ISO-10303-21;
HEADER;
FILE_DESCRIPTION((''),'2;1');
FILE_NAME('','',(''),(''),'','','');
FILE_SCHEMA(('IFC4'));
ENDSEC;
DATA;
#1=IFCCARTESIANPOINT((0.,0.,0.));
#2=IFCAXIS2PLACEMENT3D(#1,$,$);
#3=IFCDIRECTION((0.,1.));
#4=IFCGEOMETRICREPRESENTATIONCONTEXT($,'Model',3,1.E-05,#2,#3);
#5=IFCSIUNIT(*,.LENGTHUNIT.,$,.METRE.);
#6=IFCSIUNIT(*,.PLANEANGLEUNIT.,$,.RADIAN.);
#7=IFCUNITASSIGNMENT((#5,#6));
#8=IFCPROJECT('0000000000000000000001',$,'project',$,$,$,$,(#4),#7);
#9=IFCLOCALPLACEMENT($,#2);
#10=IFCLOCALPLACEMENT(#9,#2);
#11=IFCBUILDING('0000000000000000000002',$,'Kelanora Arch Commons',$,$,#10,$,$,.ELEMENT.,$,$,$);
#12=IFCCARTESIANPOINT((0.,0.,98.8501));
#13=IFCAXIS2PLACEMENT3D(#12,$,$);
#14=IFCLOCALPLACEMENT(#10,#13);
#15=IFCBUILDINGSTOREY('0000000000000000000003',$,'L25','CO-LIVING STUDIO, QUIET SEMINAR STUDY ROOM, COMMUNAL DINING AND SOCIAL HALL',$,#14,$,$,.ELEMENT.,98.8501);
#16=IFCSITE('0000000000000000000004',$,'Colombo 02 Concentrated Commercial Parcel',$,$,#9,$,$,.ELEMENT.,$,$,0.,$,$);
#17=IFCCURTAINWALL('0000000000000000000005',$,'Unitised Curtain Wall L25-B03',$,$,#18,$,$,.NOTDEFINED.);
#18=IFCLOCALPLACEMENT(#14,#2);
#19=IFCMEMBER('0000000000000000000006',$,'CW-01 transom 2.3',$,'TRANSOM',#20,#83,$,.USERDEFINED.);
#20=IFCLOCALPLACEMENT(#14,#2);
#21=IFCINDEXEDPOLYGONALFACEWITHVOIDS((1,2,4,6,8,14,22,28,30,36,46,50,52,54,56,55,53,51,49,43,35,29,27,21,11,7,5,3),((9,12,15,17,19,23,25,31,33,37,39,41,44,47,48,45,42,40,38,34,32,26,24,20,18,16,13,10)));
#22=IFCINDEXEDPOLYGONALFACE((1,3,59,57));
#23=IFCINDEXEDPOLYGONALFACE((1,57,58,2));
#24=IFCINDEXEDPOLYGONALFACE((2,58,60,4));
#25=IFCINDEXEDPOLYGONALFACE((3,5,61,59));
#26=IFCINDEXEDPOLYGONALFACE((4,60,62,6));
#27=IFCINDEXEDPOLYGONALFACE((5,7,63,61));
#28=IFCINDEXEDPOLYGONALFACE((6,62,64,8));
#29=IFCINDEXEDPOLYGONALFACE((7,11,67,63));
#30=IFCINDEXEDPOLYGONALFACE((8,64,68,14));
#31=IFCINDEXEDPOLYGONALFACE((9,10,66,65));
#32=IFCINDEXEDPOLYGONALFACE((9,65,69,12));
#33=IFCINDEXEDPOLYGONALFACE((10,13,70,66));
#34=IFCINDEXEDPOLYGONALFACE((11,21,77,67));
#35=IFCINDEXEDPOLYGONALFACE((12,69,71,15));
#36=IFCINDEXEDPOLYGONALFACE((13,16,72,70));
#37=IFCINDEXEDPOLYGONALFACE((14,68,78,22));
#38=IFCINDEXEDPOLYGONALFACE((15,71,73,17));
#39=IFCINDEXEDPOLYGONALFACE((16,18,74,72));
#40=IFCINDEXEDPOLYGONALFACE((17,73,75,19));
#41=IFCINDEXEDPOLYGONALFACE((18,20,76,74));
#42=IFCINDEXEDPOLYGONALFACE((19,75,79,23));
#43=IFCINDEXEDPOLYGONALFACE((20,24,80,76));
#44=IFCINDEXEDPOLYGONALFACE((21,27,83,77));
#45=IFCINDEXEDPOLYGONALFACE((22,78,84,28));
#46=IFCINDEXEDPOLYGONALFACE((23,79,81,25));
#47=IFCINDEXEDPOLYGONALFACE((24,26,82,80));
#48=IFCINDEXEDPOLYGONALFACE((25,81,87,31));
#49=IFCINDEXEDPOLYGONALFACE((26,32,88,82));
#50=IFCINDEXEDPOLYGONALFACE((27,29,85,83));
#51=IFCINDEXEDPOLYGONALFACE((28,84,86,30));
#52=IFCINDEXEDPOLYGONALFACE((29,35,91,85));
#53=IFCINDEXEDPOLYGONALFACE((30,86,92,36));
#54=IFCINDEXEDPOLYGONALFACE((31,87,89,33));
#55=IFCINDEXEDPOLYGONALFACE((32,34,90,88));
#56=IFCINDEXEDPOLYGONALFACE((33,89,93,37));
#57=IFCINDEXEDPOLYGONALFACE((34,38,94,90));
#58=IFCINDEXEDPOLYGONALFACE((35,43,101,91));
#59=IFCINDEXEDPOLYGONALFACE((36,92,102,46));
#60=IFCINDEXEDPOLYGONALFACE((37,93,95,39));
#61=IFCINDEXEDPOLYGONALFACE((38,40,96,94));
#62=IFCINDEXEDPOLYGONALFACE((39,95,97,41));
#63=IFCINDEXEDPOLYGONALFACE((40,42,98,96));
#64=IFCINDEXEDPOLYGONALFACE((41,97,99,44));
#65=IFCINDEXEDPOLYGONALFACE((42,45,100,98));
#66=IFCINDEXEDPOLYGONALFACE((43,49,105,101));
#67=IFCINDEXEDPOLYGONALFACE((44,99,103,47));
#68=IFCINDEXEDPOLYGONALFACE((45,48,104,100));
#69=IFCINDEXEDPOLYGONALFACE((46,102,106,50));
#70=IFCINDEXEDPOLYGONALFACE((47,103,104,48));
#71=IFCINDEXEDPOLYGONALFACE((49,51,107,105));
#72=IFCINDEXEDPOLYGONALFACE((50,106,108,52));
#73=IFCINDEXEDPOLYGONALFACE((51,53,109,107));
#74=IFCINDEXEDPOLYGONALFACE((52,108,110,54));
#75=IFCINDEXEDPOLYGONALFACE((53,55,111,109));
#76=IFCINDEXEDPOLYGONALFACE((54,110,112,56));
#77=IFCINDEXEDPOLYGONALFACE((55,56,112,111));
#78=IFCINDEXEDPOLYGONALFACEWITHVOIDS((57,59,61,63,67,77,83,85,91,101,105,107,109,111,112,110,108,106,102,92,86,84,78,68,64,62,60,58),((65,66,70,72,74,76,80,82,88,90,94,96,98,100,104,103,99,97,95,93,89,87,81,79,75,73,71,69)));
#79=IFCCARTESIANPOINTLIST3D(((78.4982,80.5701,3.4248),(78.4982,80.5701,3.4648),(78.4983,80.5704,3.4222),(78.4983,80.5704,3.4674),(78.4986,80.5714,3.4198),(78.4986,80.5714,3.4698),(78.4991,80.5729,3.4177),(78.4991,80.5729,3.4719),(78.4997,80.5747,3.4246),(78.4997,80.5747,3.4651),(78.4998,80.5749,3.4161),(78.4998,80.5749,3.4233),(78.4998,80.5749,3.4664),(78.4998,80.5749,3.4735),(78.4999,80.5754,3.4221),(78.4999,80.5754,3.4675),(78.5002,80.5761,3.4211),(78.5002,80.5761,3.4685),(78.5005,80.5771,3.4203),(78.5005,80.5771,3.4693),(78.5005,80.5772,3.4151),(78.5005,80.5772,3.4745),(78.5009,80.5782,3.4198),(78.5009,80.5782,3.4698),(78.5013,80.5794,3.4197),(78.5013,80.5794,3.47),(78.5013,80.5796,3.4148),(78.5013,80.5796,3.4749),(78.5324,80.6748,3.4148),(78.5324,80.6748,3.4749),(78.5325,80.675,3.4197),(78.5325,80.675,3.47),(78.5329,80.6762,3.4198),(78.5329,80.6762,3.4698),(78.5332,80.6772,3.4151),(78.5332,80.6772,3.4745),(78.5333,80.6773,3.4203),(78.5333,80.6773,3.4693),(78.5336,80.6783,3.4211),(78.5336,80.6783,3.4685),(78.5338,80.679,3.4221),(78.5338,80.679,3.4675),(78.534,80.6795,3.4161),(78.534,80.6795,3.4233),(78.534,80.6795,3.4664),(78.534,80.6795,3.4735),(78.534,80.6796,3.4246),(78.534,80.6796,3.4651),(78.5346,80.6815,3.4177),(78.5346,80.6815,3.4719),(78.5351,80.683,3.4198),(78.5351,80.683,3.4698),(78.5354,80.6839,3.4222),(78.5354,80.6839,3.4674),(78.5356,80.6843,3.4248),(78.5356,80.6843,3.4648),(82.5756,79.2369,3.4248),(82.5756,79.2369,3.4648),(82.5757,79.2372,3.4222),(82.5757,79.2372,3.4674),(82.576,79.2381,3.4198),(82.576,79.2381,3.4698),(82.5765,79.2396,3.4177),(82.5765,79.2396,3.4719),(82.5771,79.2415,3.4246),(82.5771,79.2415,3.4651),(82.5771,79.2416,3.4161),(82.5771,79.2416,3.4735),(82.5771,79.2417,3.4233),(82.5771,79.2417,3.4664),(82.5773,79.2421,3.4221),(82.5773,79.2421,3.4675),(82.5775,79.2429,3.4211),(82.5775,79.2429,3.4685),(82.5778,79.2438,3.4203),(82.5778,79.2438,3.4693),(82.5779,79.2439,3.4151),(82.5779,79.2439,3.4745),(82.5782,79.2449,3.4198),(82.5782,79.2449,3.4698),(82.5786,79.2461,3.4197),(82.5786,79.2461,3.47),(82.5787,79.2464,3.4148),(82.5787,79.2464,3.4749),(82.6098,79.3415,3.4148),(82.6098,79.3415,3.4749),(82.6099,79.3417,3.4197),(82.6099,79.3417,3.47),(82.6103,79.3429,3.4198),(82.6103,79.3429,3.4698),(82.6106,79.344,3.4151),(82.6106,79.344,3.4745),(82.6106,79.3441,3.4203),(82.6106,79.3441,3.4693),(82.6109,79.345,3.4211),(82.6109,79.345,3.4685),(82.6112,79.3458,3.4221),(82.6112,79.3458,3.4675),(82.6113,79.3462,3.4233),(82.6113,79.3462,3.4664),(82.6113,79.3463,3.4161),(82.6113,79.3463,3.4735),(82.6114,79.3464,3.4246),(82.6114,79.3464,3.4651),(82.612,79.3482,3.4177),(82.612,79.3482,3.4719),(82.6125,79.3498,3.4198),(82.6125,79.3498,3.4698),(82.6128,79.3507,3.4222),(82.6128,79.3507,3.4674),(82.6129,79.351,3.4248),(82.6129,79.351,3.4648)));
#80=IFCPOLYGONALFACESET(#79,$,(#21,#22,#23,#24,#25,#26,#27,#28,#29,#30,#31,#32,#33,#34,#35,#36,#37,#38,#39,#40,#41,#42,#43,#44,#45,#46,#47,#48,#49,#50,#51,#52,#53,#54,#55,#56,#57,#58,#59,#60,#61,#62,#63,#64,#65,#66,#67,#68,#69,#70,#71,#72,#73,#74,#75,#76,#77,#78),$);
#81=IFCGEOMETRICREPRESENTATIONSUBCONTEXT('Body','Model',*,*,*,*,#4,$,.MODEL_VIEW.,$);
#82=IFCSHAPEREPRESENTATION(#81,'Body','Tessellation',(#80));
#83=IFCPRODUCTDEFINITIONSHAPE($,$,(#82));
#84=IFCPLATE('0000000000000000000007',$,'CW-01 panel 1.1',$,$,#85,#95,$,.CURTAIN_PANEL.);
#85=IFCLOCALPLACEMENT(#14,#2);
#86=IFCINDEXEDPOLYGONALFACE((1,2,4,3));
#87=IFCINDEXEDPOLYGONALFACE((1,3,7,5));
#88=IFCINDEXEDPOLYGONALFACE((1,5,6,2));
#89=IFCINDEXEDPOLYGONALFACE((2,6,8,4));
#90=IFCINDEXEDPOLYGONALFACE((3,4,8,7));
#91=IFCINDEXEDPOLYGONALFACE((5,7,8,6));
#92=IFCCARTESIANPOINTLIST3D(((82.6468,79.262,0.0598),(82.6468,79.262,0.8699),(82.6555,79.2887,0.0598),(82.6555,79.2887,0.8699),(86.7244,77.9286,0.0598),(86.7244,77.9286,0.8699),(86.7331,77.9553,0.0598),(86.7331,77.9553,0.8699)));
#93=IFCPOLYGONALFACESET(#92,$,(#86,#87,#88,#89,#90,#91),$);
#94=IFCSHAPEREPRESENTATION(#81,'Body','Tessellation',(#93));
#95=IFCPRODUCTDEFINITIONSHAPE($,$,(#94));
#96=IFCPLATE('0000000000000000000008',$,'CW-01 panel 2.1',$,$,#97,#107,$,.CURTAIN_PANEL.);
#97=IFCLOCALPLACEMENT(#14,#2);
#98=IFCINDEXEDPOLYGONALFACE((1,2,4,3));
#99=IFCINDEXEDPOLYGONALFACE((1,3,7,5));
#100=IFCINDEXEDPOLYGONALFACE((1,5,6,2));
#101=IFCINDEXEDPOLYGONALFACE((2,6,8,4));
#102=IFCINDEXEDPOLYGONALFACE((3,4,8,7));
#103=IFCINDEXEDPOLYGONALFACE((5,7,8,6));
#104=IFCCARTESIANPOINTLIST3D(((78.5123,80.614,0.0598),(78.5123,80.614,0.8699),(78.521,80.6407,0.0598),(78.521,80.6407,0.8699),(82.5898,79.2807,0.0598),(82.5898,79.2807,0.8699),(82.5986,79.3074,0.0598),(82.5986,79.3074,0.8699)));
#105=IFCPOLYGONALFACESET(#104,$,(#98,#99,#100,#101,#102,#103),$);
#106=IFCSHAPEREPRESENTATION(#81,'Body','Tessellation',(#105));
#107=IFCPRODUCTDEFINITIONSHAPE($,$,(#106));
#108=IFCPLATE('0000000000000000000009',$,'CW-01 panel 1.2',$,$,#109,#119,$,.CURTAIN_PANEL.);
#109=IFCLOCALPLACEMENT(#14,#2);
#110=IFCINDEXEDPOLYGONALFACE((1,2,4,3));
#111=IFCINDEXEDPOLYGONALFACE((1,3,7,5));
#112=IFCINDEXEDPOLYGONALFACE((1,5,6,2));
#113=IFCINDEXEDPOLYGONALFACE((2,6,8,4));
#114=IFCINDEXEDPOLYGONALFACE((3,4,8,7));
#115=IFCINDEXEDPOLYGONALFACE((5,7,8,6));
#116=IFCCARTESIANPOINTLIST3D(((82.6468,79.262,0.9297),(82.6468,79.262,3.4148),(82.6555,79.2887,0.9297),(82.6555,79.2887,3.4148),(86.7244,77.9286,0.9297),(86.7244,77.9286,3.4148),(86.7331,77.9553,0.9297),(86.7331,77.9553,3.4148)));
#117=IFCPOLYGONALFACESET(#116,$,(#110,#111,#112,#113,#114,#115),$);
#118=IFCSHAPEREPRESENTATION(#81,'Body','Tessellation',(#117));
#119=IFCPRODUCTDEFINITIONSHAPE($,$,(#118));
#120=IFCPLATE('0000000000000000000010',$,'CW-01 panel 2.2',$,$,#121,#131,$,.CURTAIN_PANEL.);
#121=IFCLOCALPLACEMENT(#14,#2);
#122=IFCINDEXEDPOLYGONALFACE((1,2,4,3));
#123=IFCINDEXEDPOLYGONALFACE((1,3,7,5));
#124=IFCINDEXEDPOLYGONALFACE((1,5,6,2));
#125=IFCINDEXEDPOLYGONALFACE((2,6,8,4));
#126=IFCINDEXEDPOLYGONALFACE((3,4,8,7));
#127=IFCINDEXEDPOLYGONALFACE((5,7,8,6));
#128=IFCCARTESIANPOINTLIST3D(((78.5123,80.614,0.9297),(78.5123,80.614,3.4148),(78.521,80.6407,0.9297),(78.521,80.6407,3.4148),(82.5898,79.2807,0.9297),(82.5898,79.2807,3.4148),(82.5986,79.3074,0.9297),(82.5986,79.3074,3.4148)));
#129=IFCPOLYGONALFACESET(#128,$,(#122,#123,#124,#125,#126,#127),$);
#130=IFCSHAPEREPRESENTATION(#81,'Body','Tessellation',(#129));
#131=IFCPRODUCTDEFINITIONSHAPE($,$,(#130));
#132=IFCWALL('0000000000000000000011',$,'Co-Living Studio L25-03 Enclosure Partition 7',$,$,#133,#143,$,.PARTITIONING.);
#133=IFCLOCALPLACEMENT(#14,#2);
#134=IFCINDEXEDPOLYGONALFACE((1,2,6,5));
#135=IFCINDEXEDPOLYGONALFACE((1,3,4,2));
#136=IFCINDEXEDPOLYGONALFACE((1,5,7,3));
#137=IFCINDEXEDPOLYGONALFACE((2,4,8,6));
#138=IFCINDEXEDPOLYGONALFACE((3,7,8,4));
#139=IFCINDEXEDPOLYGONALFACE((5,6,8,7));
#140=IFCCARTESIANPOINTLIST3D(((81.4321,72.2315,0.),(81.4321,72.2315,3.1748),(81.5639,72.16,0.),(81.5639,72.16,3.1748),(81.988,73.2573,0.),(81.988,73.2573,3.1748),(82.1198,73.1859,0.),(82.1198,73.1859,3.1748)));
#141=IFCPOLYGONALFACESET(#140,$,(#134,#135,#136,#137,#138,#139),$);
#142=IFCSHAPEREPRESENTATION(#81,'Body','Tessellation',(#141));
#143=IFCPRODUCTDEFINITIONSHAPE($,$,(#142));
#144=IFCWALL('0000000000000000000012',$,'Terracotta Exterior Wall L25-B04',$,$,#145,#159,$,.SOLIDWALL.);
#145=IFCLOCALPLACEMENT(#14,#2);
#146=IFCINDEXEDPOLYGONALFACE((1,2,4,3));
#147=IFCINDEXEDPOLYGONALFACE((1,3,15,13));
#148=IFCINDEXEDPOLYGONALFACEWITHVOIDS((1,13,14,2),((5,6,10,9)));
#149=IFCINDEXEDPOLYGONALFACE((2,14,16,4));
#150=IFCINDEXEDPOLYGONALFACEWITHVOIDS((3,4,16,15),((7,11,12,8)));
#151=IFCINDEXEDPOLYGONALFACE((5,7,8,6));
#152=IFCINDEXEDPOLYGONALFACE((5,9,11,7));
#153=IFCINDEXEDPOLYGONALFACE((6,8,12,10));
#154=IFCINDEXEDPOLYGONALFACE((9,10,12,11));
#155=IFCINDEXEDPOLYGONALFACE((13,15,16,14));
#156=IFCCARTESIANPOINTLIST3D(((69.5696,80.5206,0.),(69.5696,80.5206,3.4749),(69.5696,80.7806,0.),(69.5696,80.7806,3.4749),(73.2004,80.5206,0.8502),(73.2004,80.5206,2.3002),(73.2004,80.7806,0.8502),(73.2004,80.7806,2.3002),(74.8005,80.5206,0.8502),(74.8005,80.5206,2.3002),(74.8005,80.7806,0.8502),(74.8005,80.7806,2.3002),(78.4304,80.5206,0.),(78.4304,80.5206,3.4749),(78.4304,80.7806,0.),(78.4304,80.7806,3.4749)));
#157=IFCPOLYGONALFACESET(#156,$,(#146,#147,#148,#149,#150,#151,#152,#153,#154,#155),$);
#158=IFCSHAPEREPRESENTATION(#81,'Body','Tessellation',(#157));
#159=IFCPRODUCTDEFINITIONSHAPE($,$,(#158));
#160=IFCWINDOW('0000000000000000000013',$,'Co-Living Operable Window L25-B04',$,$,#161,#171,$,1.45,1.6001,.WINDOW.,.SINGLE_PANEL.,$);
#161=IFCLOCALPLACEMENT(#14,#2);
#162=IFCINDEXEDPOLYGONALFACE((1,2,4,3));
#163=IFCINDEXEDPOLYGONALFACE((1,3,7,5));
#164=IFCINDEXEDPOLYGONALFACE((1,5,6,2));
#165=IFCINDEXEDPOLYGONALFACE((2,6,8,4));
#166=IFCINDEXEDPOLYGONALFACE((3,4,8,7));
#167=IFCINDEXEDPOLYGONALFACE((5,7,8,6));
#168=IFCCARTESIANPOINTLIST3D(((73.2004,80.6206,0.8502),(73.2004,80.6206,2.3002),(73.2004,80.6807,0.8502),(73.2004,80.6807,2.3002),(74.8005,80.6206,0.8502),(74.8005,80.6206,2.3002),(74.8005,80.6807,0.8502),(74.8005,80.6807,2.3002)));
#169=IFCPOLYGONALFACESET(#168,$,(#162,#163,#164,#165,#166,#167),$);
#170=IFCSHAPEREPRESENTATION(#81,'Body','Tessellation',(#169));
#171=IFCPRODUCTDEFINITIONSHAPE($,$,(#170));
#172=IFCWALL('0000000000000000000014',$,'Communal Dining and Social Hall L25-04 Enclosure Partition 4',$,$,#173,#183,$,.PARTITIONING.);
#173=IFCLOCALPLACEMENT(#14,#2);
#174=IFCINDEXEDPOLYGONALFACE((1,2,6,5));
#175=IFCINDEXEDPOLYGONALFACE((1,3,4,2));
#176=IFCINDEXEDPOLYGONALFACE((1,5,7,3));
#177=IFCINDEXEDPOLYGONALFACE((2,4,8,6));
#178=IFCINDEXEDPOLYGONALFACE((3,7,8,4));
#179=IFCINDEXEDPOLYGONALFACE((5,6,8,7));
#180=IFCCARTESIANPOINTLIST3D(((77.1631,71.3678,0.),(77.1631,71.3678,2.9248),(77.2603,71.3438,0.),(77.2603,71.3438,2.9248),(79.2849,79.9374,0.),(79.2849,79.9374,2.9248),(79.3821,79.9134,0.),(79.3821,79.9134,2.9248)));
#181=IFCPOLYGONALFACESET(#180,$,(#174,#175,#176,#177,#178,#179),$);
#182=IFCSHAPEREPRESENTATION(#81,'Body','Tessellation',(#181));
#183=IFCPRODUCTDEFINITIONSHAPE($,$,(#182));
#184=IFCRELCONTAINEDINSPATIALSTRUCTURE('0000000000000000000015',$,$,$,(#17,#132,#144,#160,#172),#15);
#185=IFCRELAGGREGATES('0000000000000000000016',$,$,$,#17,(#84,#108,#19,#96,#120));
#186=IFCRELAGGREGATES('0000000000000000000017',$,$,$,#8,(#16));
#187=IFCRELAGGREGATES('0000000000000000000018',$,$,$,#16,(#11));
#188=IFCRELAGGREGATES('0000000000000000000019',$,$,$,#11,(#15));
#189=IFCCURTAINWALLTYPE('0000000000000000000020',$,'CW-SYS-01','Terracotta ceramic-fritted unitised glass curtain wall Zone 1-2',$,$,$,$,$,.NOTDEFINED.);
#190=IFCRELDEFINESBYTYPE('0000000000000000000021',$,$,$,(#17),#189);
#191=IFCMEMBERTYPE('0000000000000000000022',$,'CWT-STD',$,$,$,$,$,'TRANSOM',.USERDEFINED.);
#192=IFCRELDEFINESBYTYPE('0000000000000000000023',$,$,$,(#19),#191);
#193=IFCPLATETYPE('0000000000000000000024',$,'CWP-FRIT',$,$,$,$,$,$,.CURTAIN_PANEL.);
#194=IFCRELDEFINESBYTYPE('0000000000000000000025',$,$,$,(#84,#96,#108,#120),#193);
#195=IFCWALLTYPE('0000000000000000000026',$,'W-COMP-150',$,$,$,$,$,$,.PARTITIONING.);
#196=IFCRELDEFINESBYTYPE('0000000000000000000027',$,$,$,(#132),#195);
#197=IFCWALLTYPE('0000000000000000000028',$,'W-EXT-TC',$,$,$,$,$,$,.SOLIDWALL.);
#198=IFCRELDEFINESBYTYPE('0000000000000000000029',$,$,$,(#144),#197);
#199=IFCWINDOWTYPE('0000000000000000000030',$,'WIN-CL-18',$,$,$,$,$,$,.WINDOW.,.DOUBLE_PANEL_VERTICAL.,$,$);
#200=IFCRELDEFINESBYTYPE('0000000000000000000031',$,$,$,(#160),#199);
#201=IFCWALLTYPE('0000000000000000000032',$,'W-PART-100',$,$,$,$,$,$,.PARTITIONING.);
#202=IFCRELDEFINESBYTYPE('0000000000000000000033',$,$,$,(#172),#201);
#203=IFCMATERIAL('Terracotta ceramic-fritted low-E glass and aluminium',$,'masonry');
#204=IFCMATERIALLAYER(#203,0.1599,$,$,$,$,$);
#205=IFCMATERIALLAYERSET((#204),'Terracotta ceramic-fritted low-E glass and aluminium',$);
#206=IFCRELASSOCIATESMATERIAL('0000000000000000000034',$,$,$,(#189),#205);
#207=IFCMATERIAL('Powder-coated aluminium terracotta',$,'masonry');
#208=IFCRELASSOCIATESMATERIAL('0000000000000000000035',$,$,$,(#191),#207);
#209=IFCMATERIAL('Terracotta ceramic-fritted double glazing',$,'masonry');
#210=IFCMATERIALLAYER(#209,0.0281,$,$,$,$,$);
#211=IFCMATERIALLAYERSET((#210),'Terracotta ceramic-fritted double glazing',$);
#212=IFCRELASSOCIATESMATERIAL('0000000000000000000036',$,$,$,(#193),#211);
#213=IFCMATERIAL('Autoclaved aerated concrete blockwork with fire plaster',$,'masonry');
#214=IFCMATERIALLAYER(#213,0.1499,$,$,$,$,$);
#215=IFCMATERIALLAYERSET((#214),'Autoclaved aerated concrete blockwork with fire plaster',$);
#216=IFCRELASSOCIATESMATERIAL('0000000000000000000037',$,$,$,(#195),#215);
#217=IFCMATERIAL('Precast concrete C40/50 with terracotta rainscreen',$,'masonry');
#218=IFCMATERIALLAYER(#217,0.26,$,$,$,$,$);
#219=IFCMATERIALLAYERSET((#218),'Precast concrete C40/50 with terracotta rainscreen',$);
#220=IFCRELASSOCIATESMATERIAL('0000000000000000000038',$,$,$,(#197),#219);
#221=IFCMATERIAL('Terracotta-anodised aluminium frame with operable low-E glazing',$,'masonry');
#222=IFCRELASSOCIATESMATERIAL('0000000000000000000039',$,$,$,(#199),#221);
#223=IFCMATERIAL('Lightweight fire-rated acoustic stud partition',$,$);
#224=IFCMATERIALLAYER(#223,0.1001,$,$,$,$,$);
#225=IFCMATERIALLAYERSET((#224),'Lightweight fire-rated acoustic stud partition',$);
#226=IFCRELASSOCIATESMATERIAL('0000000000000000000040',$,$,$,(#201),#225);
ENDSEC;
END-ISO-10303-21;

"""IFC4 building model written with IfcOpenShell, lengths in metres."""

from ifc_helpers import new_model, si_unit, direction, frame, frame_2d, origin, origin_2d, place, context, subcontext, project, spatial, rectangle, hollow_rectangle, extrude, source, transform, mapped, material, layer, layer_set, material_profile, profile_set, type_object, element, fill, aggregate, save


model = new_model("IFC4")

# Units and contexts
model_context = context("Model", 3, precision=1e-05, world=origin(), true_north=direction((0.0, 1.0)))
body_context = subcontext(model_context, "Body", "Model", "MODEL_VIEW")
ifc_project = project(units=[si_unit("LENGTHUNIT", "METRE"), si_unit("PLANEANGLEUNIT", "RADIAN")], contexts=[model_context])

# Site, building, storey
site_placement = place(None, origin())
site = spatial("IfcSite", under=ifc_project, at=site_placement, Name="Colombo 02 Concentrated Commercial Parcel", CompositionType="ELEMENT", RefElevation=0.0)
building_placement = place(site_placement, origin())
building = spatial("IfcBuilding", under=site, at=building_placement, Name="Kelanora Arch Commons", CompositionType="ELEMENT")
storey_placement = place(building_placement, frame((0.0, 0.0, 98.8501)))
storey = spatial("IfcBuildingStorey", under=building, at=storey_placement, Name="L25", Description="CO-LIVING STUDIO, QUIET SEMINAR STUDY ROOM, COMMUNAL DINING AND SOCIAL HALL", CompositionType="ELEMENT", Elevation=98.8501)

# Curtain wall, member, plates
ifc_material_1 = material(Name="Terracotta ceramic-fritted low-E glass and aluminium", Category="masonry")
ifc_layer_1 = layer(ifc_material_1, 0.1599)
ifc_layer_set_1 = layer_set([ifc_layer_1], Name="Terracotta ceramic-fritted low-E glass and aluminium")
curtain_wall_type = type_object("IfcCurtainWallType", Name="CW-SYS-01", Description="Terracotta ceramic-fritted unitised glass curtain wall Zone 1-2", PredefinedType="NOTDEFINED", material=ifc_layer_set_1)
curtain_wall_placement = place(storey_placement, origin())
curtain_wall = element("IfcCurtainWall", 1, at=curtain_wall_placement, inside=storey, type_object=curtain_wall_type, Name="Unitised Curtain Wall L25-B03", PredefinedType="NOTDEFINED")
ifc_material_2 = material(Name="Powder-coated aluminium terracotta", Category="masonry")
ifc_material_profile_1 = material_profile(ifc_material_2, hollow_rectangle(XDim=0.1201, YDim=0.0601, WallThickness=0.0049, InnerFilletRadius=0.0049, OuterFilletRadius=0.01, at=origin_2d()), Name="CWT120x60")
ifc_profile_set_1 = profile_set([ifc_material_profile_1], Name="Powder-coated aluminium terracotta")
member_type_1 = type_object("IfcMemberType", Name="CWT-STD", ElementType="TRANSOM", PredefinedType="USERDEFINED", material=ifc_profile_set_1)
member_1_placement = place(storey_placement, frame((82.5942, 79.2939, 3.4448), z_axis=(-0.950478, 0.310793, 0.0), x_axis=(-0.310793, -0.950478, 0.0)))
member_1 = element("IfcMember", 2, at=member_1_placement, type_object=member_type_1, Name="CW-01 transom 2.3", ObjectType="TRANSOM", PredefinedType="USERDEFINED", context=body_context, shape_type="SweptSolid", body=[
    extrude(hollow_rectangle(XDim=0.1201, YDim=0.0601, WallThickness=0.0049, InnerFilletRadius=0.0049, OuterFilletRadius=0.01, at=origin_2d()), origin(), (0.0, 0.0, 1.0), 4.2898),
])
ifc_material_3 = material(Name="Terracotta ceramic-fritted double glazing", Category="masonry")
ifc_layer_2 = layer(ifc_material_3, 0.0281)
ifc_layer_set_2 = layer_set([ifc_layer_2], Name="Terracotta ceramic-fritted double glazing")
plate_type = type_object("IfcPlateType", Name="CWP-FRIT", PredefinedType="CURTAIN_PANEL", material=ifc_layer_set_2)
shared_shape_1 = source(origin(), body_context, "Body", "SweptSolid", [
    extrude(rectangle(XDim=4.29, YDim=0.0281, at=origin_2d()), origin(), (0.0, 0.0, 1.0), 0.8101),
])
plate_1_placement = place(storey_placement, frame((84.6899, 78.6086, 0.0598), z_axis=(0.0, 0.0, 1.0), x_axis=(-0.950474, 0.310805, 0.0)))
plate_1 = element("IfcPlate", 3, at=plate_1_placement, type_object=plate_type, Name="CW-01 panel 1.1", PredefinedType="CURTAIN_PANEL", context=body_context, shape_type="MappedRepresentation", body=[
    mapped(shared_shape_1, transform((0.0, 0.0, 0.0), scale=1.0)),
])
plate_2_placement = place(storey_placement, frame((80.5554, 79.9607, 0.0598), z_axis=(0.0, 0.0, 1.0), x_axis=(-0.950474, 0.310805, 0.0)))
plate_2 = element("IfcPlate", 4, at=plate_2_placement, type_object=plate_type, Name="CW-01 panel 2.1", PredefinedType="CURTAIN_PANEL", context=body_context, shape_type="MappedRepresentation", body=[
    mapped(shared_shape_1, transform((0.0, 0.0, 0.0), scale=1.0)),
])
shared_shape_2 = source(origin(), body_context, "Body", "SweptSolid", [
    extrude(rectangle(XDim=4.29, YDim=0.0281, at=origin_2d()), origin(), (0.0, 0.0, 1.0), 2.4851),
])
plate_3_placement = place(storey_placement, frame((84.6899, 78.6086, 0.9297), z_axis=(0.0, 0.0, 1.0), x_axis=(-0.950474, 0.310805, 0.0)))
plate_3 = element("IfcPlate", 5, at=plate_3_placement, type_object=plate_type, Name="CW-01 panel 1.2", PredefinedType="CURTAIN_PANEL", context=body_context, shape_type="MappedRepresentation", body=[
    mapped(shared_shape_2, transform((0.0, 0.0, 0.0), scale=1.0)),
])
plate_4_placement = place(storey_placement, frame((80.5554, 79.9607, 0.9297), z_axis=(0.0, 0.0, 1.0), x_axis=(-0.950474, 0.310805, 0.0)))
plate_4 = element("IfcPlate", 6, at=plate_4_placement, type_object=plate_type, Name="CW-01 panel 2.2", PredefinedType="CURTAIN_PANEL", context=body_context, shape_type="MappedRepresentation", body=[
    mapped(shared_shape_2, transform((0.0, 0.0, 0.0), scale=1.0)),
])
aggregate(curtain_wall, [plate_1, plate_3, member_1, plate_2, plate_4])

# Wall
ifc_material_4 = material(Name="Autoclaved aerated concrete blockwork with fire plaster", Category="masonry")
ifc_layer_3 = layer(ifc_material_4, 0.1499)
ifc_layer_set_3 = layer_set([ifc_layer_3], Name="Autoclaved aerated concrete blockwork with fire plaster")
wall_type_1 = type_object("IfcWallType", Name="W-COMP-150", PredefinedType="PARTITIONING", material=ifc_layer_set_3)
wall_1_placement = place(storey_placement, frame((82.054, 73.2217, 0.0), z_axis=(0.0, 0.0, 1.0), x_axis=(-0.476431, -0.879212, 0.0)))
element("IfcWall", 7, at=wall_1_placement, inside=storey, type_object=wall_type_1, Name="Co-Living Studio L25-03 Enclosure Partition 7", PredefinedType="PARTITIONING", context=body_context, shape_type="SweptSolid", body=[
    extrude(rectangle(XDim=1.1667, YDim=0.1499, at=frame_2d((0.5835, 0.0))), origin(), (0.0, 0.0, 1.0), 3.1748),
])

# Wall, opening, window
ifc_material_5 = material(Name="Precast concrete C40/50 with terracotta rainscreen", Category="masonry")
ifc_layer_4 = layer(ifc_material_5, 0.26)
ifc_layer_set_4 = layer_set([ifc_layer_4], Name="Precast concrete C40/50 with terracotta rainscreen")
wall_type_2 = type_object("IfcWallType", Name="W-EXT-TC", PredefinedType="SOLIDWALL", material=ifc_layer_set_4)
wall_2_placement = place(storey_placement, frame((78.4304, 80.6506, 0.0), z_axis=(0.0, 0.0, 1.0), x_axis=(-1.0, 0.0, 0.0)))
wall_2 = element("IfcWall", 8, at=wall_2_placement, inside=storey, type_object=wall_type_2, Name="Terracotta Exterior Wall L25-B04", PredefinedType="SOLIDWALL", context=body_context, shape_type="SweptSolid", body=[
    extrude(rectangle(XDim=8.8608, YDim=0.26, at=frame_2d((4.4304, 0.0))), origin(), (0.0, 0.0, 1.0), 3.4749),
])
opening_placement = place(wall_2_placement, frame((3.6299, 0.0, 0.8501)))
opening = element("IfcOpeningElement", 9, at=opening_placement, cuts=wall_2, PredefinedType="OPENING", context=body_context, shape_type="SweptSolid", body=[
    extrude(rectangle(XDim=1.6001, YDim=1.45, at=frame_2d((0.8, 0.7251))), frame((0.0, 0.1401, 0.0), z_axis=(0.0, -1.0, 0.0), x_axis=(1.0, 0.0, 0.0)), (0.0, 0.0, 1.0), 0.28),
])
ifc_material_6 = material(Name="Terracotta-anodised aluminium frame with operable low-E glazing", Category="masonry")
window_type = type_object("IfcWindowType", Name="WIN-CL-18", PartitioningType="DOUBLE_PANEL_VERTICAL", PredefinedType="WINDOW", material=ifc_material_6)
window_placement = place(opening_placement, origin())
window = element("IfcWindow", 10, at=window_placement, inside=storey, type_object=window_type, Name="Co-Living Operable Window L25-B04", OverallHeight=1.45, OverallWidth=1.6001, PartitioningType="SINGLE_PANEL", PredefinedType="WINDOW", context=body_context, shape_type="SweptSolid", body=[
    extrude(rectangle(XDim=1.6001, YDim=1.45, at=frame_2d((0.8, 0.7251))), frame((0.0, 0.03, 0.0), z_axis=(0.0, -1.0, 0.0), x_axis=(1.0, 0.0, 0.0)), (0.0, 0.0, 1.0), 0.0601),
])
fill(opening, window)

# Wall
ifc_material_7 = material(Name="Lightweight fire-rated acoustic stud partition")
ifc_layer_5 = layer(ifc_material_7, 0.1001)
ifc_layer_set_5 = layer_set([ifc_layer_5], Name="Lightweight fire-rated acoustic stud partition")
wall_type_3 = type_object("IfcWallType", Name="W-PART-100", PredefinedType="PARTITIONING", material=ifc_layer_set_5)
wall_3_placement = place(storey_placement, frame((79.3335, 79.9253, 0.0), z_axis=(0.0, 0.0, 1.0), x_axis=(-0.240342, -0.970688, 0.0)))
element("IfcWall", 11, at=wall_3_placement, inside=storey, type_object=wall_type_3, Name="Communal Dining and Social Hall L25-04 Enclosure Partition 4", PredefinedType="PARTITIONING", context=body_context, shape_type="SweptSolid", body=[
    extrude(rectangle(XDim=8.8284, YDim=0.1001, at=frame_2d((4.4141, 0.0))), origin(), (0.0, 0.0, 1.0), 2.9248),
])

save(model, "model.ifc")
